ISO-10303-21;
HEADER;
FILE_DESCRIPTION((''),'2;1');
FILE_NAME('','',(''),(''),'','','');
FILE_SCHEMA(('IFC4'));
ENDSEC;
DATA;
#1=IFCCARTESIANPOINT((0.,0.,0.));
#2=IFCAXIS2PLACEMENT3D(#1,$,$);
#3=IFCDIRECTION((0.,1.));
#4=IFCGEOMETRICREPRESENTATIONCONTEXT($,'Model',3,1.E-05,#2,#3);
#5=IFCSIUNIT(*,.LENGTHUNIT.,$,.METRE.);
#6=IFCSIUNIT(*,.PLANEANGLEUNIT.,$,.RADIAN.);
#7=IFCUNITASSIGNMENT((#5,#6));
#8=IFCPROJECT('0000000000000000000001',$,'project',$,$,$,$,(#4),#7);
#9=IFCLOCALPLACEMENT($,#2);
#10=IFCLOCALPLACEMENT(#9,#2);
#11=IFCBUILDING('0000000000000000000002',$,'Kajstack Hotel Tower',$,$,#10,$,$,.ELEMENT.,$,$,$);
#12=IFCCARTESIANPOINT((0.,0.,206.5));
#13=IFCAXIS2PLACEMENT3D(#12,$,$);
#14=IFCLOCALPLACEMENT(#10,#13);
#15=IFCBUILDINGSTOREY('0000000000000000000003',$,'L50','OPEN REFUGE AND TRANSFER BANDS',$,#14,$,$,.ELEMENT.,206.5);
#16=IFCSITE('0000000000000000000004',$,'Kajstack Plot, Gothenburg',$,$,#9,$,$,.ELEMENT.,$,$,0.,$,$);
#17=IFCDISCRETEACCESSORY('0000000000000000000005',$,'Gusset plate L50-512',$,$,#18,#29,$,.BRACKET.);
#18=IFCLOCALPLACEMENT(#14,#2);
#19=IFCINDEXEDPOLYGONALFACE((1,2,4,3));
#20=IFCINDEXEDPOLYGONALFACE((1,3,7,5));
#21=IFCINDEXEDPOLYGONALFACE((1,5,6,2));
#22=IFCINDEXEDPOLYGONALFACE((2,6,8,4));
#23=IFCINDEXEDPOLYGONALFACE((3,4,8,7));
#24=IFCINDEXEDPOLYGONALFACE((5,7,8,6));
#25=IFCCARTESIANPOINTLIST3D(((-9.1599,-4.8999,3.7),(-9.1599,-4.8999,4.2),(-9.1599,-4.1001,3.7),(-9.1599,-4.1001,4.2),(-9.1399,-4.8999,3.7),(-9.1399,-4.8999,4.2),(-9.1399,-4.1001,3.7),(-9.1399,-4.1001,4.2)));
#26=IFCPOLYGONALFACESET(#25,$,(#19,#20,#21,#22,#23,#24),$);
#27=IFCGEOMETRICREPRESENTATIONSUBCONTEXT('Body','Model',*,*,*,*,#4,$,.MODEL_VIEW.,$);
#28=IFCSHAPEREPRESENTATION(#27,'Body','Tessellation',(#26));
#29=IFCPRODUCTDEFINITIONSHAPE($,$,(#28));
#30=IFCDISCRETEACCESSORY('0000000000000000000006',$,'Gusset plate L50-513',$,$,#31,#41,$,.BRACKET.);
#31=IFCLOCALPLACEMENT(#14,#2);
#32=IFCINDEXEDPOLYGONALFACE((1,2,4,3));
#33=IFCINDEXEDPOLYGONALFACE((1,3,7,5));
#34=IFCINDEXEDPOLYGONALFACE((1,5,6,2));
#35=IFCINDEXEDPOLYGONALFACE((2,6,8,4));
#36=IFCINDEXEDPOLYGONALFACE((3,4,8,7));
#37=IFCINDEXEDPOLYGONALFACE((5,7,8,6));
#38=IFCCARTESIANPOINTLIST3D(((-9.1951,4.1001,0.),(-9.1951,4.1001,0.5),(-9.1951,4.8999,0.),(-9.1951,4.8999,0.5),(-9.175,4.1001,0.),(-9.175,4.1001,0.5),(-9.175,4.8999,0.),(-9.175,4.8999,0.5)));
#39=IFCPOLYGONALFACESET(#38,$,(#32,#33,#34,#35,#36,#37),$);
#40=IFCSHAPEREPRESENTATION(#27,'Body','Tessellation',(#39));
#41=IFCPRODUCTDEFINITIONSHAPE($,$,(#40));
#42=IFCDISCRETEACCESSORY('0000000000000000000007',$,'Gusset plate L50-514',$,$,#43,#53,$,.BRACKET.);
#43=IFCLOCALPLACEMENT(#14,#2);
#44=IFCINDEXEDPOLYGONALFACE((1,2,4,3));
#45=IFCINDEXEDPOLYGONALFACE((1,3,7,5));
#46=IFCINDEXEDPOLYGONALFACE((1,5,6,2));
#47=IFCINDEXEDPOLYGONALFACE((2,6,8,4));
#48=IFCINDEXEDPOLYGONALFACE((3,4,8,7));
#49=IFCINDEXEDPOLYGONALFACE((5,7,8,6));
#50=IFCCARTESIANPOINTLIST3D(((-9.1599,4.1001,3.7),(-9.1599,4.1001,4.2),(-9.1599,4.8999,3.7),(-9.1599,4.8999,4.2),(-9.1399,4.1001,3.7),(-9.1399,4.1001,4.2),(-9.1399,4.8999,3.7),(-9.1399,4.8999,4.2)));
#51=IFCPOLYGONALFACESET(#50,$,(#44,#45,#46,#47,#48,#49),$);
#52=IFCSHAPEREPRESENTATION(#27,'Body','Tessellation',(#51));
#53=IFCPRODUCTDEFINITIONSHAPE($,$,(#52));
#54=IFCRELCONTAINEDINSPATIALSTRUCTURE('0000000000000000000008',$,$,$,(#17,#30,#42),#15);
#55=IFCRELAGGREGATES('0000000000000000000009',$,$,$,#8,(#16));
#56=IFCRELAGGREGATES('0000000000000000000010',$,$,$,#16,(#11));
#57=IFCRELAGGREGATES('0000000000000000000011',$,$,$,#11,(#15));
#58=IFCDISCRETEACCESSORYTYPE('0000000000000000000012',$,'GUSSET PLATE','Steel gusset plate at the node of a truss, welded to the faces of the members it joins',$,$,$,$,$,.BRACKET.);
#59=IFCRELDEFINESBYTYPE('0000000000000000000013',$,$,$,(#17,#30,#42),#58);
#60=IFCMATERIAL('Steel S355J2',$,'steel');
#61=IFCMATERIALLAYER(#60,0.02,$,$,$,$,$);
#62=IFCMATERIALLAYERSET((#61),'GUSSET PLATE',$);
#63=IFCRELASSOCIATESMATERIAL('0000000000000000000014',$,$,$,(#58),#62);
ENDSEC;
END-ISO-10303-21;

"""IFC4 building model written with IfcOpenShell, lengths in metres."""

from ifc_helpers import new_model, si_unit, direction, frame, origin, place, context, subcontext, project, spatial, polyline, outline, extrude, material, layer, layer_set, type_object, element, save


model = new_model("IFC4")

# Units and contexts
model_context = context("Model", 3, precision=1e-05, world=origin(), true_north=direction((0.0, 1.0)))
body_context = subcontext(model_context, "Body", "Model", "MODEL_VIEW")
ifc_project = project(units=[si_unit("LENGTHUNIT", "METRE"), si_unit("PLANEANGLEUNIT", "RADIAN")], contexts=[model_context])

# Site, building, storey
site_placement = place(None, origin())
site = spatial("IfcSite", under=ifc_project, at=site_placement, Name="Kajstack Plot, Gothenburg", CompositionType="ELEMENT", RefElevation=0.0)
building_placement = place(site_placement, origin())
building = spatial("IfcBuilding", under=site, at=building_placement, Name="Kajstack Hotel Tower", CompositionType="ELEMENT")
storey_placement = place(building_placement, frame((0.0, 0.0, 206.5)))
storey = spatial("IfcBuildingStorey", under=building, at=storey_placement, Name="L50", Description="OPEN REFUGE AND TRANSFER BANDS", CompositionType="ELEMENT", Elevation=206.5)

# Shared definitions
ifc_material_1 = material(Name="Steel S355J2", Category="steel")

# Discrete accessories
ifc_layer_1 = layer(ifc_material_1, 0.02)
ifc_layer_set_1 = layer_set([ifc_layer_1], Name="GUSSET PLATE")
discrete_accessory_type = type_object("IfcDiscreteAccessoryType", Name="GUSSET PLATE", Description="Steel gusset plate at the node of a truss, welded to the faces of the members it joins", PredefinedType="BRACKET", material=ifc_layer_set_1)
for number, where, z_axis, x_axis, name in (
    (1, (-9.1599, -4.5, 3.7), (1.0, 0.0, 0.0), (0.0, 1.0, 0.0), "Gusset plate L50-512"),
    (2, (-9.1951, 4.5, 0.0), (1.0, 0.0, 0.0), (0.0, 1.0, 0.0), "Gusset plate L50-513"),
    (3, (-9.1599, 4.5, 3.7), (1.0, 0.0, 0.0), (0.0, 1.0, 0.0), "Gusset plate L50-514"),
):
    element("IfcDiscreteAccessory", number, at=place(storey_placement, frame(where, z_axis=z_axis, x_axis=x_axis)), inside=storey, type_object=discrete_accessory_type, Name=name, PredefinedType="BRACKET", context=body_context, shape_type="SweptSolid", body=[
        extrude(outline(polyline([(-0.3999, 0.0), (0.3999, 0.0), (0.3999, 0.5), (-0.3999, 0.5), (-0.3999, 0.0)])), origin(), (0.0, 0.0, 1.0), 0.02),
    ])

save(model, "model.ifc")
